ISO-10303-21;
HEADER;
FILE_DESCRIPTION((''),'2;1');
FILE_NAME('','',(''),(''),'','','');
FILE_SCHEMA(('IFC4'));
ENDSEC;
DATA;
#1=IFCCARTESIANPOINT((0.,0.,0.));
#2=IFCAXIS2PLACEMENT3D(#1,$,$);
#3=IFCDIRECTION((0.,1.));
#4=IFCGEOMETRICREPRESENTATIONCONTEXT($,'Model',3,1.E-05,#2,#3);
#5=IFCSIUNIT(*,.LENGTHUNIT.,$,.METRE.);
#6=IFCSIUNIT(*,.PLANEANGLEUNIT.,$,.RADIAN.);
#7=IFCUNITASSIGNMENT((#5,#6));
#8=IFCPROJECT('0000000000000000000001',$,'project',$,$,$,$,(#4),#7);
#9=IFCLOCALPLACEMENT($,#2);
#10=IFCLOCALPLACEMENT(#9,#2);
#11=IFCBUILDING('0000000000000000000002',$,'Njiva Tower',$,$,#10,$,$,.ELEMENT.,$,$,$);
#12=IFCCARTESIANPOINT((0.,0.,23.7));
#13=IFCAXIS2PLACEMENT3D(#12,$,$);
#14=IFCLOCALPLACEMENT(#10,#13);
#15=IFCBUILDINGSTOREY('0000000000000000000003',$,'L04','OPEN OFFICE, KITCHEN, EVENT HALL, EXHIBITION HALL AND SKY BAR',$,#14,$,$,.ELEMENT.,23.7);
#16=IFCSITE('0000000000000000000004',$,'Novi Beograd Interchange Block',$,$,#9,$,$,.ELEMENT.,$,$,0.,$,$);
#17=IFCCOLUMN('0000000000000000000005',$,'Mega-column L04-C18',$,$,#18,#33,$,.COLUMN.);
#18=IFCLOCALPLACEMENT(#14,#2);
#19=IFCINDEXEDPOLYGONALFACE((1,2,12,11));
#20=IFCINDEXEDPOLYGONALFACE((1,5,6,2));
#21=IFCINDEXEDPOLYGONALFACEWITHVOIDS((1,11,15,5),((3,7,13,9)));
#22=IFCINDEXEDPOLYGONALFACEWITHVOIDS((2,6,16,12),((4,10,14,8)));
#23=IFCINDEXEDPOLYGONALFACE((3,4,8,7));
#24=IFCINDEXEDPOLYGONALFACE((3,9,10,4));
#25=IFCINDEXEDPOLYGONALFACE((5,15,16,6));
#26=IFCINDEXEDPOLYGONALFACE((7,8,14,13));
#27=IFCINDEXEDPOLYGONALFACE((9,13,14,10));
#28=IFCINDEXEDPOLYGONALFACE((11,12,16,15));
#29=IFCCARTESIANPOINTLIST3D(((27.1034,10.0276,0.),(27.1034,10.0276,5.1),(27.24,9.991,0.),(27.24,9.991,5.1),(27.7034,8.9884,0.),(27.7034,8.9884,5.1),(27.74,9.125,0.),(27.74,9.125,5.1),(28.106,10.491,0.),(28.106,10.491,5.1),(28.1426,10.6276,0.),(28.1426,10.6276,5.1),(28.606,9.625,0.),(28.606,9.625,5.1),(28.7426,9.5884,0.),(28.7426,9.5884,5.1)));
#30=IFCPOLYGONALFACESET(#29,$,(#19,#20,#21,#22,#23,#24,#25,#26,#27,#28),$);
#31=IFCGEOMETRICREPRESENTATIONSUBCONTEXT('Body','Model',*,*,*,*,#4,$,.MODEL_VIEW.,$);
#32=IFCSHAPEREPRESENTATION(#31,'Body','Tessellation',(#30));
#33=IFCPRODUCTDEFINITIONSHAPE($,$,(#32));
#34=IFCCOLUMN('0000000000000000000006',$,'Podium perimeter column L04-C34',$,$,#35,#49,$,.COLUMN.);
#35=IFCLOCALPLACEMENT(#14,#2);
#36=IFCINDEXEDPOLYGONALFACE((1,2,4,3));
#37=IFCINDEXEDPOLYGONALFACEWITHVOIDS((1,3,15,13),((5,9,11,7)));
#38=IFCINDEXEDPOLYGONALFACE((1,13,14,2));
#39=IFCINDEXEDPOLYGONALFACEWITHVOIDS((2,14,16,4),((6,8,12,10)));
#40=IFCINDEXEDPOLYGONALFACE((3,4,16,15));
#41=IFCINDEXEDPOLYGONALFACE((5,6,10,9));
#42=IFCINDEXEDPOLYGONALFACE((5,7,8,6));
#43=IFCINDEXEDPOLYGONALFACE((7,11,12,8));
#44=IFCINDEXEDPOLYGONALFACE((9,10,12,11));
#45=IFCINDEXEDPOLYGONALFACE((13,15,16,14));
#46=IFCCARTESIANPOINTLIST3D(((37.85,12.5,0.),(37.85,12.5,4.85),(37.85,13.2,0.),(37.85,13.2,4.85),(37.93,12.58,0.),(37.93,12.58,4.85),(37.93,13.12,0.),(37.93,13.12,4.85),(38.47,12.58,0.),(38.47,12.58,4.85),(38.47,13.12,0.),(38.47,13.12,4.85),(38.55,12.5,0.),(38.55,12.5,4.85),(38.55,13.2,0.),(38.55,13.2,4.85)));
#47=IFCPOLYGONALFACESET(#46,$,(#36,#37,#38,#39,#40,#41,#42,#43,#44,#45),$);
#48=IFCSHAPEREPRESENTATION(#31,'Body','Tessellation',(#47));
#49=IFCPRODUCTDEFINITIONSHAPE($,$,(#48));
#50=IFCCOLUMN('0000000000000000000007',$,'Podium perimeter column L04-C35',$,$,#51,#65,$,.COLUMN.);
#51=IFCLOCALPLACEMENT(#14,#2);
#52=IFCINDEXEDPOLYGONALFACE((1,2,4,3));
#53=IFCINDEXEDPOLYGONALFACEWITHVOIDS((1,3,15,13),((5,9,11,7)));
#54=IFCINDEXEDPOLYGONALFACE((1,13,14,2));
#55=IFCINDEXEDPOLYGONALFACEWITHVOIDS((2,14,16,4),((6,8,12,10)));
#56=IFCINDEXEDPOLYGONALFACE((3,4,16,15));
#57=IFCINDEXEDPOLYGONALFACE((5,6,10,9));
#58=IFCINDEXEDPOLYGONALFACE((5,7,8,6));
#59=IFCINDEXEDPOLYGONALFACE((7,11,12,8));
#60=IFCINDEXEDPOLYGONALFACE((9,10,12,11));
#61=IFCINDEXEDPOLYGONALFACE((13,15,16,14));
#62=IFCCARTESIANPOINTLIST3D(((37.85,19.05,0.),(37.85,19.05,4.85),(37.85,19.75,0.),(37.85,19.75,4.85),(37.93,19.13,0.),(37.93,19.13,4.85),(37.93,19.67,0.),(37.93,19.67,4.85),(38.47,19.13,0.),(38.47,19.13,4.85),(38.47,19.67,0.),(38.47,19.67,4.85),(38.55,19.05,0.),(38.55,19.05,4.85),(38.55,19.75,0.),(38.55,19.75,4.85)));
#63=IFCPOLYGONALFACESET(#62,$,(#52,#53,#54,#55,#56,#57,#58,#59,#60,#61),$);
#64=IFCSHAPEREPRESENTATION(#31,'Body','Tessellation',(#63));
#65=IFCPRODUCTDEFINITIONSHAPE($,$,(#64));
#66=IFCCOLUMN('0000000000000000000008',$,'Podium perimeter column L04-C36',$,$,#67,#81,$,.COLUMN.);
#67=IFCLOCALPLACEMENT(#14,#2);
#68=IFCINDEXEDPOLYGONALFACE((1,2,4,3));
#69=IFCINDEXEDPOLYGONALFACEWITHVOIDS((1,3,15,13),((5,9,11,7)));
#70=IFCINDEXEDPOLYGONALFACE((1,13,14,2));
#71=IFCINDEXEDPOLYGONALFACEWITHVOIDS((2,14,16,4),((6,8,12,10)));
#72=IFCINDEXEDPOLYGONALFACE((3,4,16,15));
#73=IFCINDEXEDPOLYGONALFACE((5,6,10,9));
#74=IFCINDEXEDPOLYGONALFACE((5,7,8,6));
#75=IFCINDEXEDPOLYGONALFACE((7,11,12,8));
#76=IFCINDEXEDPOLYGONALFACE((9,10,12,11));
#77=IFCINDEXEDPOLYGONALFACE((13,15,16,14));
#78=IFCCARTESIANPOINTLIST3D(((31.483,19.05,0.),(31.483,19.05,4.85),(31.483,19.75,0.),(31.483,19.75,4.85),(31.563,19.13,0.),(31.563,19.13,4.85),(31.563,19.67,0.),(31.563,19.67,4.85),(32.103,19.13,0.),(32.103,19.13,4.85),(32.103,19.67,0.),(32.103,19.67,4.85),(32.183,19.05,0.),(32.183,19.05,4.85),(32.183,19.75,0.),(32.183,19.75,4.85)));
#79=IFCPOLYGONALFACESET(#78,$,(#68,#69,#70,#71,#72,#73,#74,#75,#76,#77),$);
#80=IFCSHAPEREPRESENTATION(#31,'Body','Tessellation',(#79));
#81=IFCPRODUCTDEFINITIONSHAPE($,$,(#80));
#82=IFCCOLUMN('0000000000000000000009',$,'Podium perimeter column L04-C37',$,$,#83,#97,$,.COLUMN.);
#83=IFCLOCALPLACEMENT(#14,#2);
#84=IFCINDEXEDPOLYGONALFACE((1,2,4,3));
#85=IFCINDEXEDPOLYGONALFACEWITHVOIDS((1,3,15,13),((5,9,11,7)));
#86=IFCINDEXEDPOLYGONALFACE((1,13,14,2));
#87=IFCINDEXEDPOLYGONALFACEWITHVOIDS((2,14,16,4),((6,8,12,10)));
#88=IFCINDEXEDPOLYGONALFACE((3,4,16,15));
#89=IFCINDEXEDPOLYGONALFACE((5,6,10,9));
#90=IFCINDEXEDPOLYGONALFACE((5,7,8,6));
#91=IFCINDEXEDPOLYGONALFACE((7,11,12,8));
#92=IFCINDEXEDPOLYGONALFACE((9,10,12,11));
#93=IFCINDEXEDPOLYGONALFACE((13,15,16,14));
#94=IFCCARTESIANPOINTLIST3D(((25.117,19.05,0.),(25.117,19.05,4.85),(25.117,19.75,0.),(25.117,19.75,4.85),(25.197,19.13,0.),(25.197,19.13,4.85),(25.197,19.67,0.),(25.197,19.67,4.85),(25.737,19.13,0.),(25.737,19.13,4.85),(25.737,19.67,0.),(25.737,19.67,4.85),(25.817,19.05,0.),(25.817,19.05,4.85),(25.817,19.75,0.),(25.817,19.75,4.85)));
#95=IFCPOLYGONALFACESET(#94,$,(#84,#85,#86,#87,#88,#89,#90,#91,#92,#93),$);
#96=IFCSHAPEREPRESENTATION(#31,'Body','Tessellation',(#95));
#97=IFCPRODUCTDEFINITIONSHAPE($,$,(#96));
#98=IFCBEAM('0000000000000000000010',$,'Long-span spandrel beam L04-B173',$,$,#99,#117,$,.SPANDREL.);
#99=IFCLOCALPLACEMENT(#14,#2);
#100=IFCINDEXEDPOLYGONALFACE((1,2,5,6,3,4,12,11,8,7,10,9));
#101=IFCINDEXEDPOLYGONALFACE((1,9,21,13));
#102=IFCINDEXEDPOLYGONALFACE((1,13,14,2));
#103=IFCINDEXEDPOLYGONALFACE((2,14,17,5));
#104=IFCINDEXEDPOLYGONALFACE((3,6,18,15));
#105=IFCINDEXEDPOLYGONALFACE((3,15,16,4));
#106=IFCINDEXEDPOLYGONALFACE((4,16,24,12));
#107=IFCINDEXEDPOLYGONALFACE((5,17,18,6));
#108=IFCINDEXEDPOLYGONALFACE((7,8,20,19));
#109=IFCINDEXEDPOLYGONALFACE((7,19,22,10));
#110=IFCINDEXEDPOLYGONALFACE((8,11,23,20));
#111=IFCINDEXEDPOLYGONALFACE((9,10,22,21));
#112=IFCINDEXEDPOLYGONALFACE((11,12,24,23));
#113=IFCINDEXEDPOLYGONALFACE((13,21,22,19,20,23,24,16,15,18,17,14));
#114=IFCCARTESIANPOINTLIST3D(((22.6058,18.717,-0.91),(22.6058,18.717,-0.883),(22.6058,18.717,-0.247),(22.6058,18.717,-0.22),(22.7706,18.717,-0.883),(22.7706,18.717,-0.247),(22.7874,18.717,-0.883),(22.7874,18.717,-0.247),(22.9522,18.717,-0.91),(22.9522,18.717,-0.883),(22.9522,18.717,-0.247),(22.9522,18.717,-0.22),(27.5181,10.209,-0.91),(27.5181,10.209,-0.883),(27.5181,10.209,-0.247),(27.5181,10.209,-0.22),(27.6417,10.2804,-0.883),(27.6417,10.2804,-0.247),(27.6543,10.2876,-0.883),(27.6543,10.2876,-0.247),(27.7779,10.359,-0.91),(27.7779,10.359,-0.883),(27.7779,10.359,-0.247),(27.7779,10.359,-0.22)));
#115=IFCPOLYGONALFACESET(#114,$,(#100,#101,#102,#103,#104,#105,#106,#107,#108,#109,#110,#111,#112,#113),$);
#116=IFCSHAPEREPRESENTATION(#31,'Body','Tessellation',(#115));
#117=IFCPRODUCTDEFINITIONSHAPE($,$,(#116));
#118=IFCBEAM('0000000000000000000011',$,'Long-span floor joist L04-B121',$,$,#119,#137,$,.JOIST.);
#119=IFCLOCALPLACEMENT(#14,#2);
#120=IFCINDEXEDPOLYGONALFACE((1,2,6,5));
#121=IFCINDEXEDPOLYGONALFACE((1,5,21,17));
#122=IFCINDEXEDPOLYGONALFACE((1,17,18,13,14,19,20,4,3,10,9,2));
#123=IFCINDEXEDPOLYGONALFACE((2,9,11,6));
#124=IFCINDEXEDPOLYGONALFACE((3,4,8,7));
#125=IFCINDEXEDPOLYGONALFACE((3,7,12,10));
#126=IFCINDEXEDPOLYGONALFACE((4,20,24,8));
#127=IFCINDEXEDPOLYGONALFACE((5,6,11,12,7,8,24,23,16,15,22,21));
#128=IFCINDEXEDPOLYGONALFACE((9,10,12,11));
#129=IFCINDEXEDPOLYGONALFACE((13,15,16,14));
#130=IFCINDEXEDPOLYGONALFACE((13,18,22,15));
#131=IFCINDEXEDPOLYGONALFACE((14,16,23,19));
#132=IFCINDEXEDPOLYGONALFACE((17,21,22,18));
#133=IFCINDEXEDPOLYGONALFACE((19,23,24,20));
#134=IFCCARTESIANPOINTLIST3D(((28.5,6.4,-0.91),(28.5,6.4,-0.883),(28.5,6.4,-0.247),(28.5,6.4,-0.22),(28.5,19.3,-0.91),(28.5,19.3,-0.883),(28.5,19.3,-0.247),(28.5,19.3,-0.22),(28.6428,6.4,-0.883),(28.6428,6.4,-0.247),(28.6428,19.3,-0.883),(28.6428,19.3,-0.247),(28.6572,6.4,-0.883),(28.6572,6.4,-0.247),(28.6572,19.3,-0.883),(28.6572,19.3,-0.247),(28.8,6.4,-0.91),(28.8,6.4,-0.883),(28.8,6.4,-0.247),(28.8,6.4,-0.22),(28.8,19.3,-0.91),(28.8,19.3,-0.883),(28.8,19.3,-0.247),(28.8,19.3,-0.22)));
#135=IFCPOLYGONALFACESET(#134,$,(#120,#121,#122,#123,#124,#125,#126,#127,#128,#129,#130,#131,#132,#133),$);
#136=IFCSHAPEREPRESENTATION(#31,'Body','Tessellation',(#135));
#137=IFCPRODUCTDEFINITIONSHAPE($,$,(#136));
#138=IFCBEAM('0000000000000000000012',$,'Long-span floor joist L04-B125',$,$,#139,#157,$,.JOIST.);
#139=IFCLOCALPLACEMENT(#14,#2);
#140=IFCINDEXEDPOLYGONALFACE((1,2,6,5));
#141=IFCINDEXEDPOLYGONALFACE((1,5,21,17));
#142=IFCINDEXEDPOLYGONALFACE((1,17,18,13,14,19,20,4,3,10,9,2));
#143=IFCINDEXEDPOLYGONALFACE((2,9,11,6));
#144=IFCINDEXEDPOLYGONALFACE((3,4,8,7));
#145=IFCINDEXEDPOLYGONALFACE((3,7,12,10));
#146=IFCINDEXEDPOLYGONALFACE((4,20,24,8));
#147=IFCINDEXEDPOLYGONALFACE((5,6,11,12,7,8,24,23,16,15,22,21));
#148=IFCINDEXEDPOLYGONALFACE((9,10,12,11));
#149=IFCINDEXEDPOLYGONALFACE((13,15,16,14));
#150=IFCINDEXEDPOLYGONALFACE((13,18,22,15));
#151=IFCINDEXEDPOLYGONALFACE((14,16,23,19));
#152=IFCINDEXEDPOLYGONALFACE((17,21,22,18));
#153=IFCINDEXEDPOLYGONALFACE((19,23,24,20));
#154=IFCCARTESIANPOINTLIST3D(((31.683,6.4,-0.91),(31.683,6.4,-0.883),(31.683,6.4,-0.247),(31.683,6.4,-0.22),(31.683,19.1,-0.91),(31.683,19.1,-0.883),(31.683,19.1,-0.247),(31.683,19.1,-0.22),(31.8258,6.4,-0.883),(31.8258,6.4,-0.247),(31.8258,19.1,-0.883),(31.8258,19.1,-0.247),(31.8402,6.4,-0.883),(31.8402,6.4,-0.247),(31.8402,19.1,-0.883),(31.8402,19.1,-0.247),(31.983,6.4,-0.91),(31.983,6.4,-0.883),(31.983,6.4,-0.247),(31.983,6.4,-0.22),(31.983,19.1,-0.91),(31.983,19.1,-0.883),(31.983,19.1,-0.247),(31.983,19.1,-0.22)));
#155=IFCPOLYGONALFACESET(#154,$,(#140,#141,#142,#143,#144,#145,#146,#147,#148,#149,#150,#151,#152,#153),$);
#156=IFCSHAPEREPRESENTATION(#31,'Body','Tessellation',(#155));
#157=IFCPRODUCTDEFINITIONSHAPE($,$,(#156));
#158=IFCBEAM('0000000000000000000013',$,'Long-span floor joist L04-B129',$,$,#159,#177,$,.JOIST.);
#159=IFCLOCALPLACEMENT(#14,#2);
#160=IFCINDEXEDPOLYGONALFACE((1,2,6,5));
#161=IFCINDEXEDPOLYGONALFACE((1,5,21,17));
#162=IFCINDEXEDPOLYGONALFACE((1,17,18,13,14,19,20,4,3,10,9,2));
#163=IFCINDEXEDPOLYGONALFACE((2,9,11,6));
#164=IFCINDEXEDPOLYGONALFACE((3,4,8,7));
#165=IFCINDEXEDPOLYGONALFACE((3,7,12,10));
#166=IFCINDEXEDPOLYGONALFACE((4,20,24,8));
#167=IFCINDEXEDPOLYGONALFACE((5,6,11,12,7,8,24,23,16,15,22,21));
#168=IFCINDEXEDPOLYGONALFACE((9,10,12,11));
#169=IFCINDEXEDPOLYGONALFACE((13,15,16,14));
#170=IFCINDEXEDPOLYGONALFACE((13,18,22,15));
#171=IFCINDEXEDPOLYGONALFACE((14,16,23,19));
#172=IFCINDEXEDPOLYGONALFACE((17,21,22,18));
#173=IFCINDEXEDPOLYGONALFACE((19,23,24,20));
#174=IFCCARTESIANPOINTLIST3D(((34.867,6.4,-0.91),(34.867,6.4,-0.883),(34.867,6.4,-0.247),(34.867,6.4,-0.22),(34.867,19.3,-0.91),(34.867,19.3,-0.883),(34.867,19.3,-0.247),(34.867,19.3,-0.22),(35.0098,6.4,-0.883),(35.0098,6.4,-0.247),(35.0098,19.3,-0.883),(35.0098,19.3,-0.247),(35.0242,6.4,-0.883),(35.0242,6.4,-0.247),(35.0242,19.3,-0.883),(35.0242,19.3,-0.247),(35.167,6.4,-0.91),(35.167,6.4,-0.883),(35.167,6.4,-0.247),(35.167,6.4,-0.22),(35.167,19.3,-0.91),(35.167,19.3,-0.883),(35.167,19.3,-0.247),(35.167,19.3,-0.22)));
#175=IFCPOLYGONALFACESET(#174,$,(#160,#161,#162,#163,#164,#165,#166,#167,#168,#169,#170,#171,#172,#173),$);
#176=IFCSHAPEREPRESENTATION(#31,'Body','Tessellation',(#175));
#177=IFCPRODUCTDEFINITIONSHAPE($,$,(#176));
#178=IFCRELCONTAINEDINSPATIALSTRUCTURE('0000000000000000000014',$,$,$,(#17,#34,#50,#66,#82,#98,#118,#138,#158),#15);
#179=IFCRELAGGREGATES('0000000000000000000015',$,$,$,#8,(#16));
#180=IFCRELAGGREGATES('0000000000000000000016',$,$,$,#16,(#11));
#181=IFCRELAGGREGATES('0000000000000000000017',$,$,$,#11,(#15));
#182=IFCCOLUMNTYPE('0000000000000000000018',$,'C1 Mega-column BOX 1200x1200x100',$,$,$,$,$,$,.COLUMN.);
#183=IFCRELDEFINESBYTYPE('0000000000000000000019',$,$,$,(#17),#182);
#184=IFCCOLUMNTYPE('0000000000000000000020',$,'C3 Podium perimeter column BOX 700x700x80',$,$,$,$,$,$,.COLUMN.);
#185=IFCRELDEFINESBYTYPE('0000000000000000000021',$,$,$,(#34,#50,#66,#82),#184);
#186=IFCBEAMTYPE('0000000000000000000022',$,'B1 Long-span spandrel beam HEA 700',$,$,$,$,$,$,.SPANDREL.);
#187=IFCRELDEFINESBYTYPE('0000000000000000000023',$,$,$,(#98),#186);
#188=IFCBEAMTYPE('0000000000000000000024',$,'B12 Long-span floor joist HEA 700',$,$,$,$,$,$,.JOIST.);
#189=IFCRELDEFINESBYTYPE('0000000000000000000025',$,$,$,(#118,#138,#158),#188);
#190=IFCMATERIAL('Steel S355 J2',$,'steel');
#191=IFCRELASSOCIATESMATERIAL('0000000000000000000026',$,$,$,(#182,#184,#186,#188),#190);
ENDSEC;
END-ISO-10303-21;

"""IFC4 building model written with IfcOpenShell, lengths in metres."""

from ifc_helpers import new_model, si_unit, direction, frame, origin, origin_2d, place, context, subcontext, project, spatial, hollow_rectangle, i_section, extrude, clip, halfspace, material, material_profile, profile_set, type_object, element, save


model = new_model("IFC4")

# Units and contexts
model_context = context("Model", 3, precision=1e-05, world=origin(), true_north=direction((0.0, 1.0)))
body_context = subcontext(model_context, "Body", "Model", "MODEL_VIEW")
ifc_project = project(units=[si_unit("LENGTHUNIT", "METRE"), si_unit("PLANEANGLEUNIT", "RADIAN")], contexts=[model_context])

# Site, building, storey
site_placement = place(None, origin())
site = spatial("IfcSite", under=ifc_project, at=site_placement, Name="Novi Beograd Interchange Block", CompositionType="ELEMENT", RefElevation=0.0)
building_placement = place(site_placement, origin())
building = spatial("IfcBuilding", under=site, at=building_placement, Name="Njiva Tower", CompositionType="ELEMENT")
storey_placement = place(building_placement, frame((0.0, 0.0, 23.7)))
storey = spatial("IfcBuildingStorey", under=building, at=storey_placement, Name="L04", Description="OPEN OFFICE, KITCHEN, EVENT HALL, EXHIBITION HALL AND SKY BAR", CompositionType="ELEMENT", Elevation=23.7)

# Columns
ifc_material_1 = material(Name="Steel S355 J2", Category="steel")
ifc_material_profile_1 = material_profile(ifc_material_1, hollow_rectangle(XDim=1.2, YDim=1.2, WallThickness=0.1, at=origin_2d()), Name="BOX 1200x1200x100")
ifc_profile_set_1 = profile_set([ifc_material_profile_1], Name="Steel S355 J2")
column_type_1 = type_object("IfcColumnType", Name="C1 Mega-column BOX 1200x1200x100", PredefinedType="COLUMN", material=ifc_profile_set_1)
column_placement = place(storey_placement, frame((27.923, 9.808, 0.0), z_axis=(0.0, 0.0, 1.0), x_axis=(-0.5, 0.866025, 0.0)))
element("IfcColumn", 1, at=column_placement, inside=storey, type_object=column_type_1, Name="Mega-column L04-C18", PredefinedType="COLUMN", context=body_context, shape_type="SweptSolid", body=[
    extrude(hollow_rectangle(XDim=1.2, YDim=1.2, WallThickness=0.1, at=origin_2d()), origin(), (0.0, 0.0, 1.0), 5.1),
])
ifc_material_profile_2 = material_profile(ifc_material_1, hollow_rectangle(XDim=0.7, YDim=0.7, WallThickness=0.08, at=origin_2d()), Name="BOX 700x700x80")
ifc_profile_set_2 = profile_set([ifc_material_profile_2], Name="Steel S355 J2")
column_type_2 = type_object("IfcColumnType", Name="C3 Podium perimeter column BOX 700x700x80", PredefinedType="COLUMN", material=ifc_profile_set_2)
for number, where, z_axis, x_axis, name in (
    (2, (38.2, 12.85, 0.0), (0.0, 0.0, 1.0), (0.0, 1.0, 0.0), "Podium perimeter column L04-C34"),
    (3, (38.2, 19.4, 0.0), (0.0, 0.0, 1.0), (-1.0, 0.0, 0.0), "Podium perimeter column L04-C35"),
    (4, (31.833, 19.4, 0.0), (0.0, 0.0, 1.0), (-1.0, 0.0, 0.0), "Podium perimeter column L04-C36"),
    (5, (25.467, 19.4, 0.0), (0.0, 0.0, 1.0), (-1.0, 0.0, 0.0), "Podium perimeter column L04-C37"),
):
    element("IfcColumn", number, at=place(storey_placement, frame(where, z_axis=z_axis, x_axis=x_axis)), inside=storey, type_object=column_type_2, Name=name, PredefinedType="COLUMN", context=body_context, shape_type="SweptSolid", body=[
        extrude(hollow_rectangle(XDim=0.7, YDim=0.7, WallThickness=0.08, at=origin_2d()), origin(), (0.0, 0.0, 1.0), 4.85),
    ])

# Beams
ifc_material_profile_3 = material_profile(ifc_material_1, i_section(OverallWidth=0.3, OverallDepth=0.69, WebThickness=0.0145, FlangeThickness=0.027, at=origin_2d()), Name="HEA 700")
ifc_profile_set_3 = profile_set([ifc_material_profile_3], Name="Steel S355 J2")
beam_type_1 = type_object("IfcBeamType", Name="B1 Long-span spandrel beam HEA 700", PredefinedType="SPANDREL", material=ifc_profile_set_3)
beam_1_placement = place(storey_placement, frame((27.648, 10.284, -0.565), z_axis=(-0.500016, 0.866016, 0.0), x_axis=(-0.866016, -0.500016, 0.0)))
element("IfcBeam", 6, at=beam_1_placement, inside=storey, type_object=beam_type_1, Name="Long-span spandrel beam L04-B173", PredefinedType="SPANDREL", context=body_context, shape_type="Clipping", body=[
    clip(extrude(i_section(OverallWidth=0.3, OverallDepth=0.69, WebThickness=0.0145, FlangeThickness=0.027, at=origin_2d()), origin(), (0.0, 0.0, 1.0), 9.8447), halfspace(frame((-0.0248, 0.0, 9.7234), z_axis=(-0.500016, 0.0, 0.866016), x_axis=(0.0, 1.0, 0.0)), False)),
])
ifc_material_profile_4 = material_profile(ifc_material_1, i_section(OverallWidth=0.3, OverallDepth=0.69, WebThickness=0.0145, FlangeThickness=0.027, at=origin_2d()), Name="HEA 700")
ifc_profile_set_4 = profile_set([ifc_material_profile_4], Name="Steel S355 J2")
beam_type_2 = type_object("IfcBeamType", Name="B12 Long-span floor joist HEA 700", PredefinedType="JOIST", material=ifc_profile_set_4)
beam_2_placement = place(storey_placement, frame((28.65, 19.3, -0.565), z_axis=(0.0, -1.0, 0.0), x_axis=(1.0, 0.0, 0.0)))
element("IfcBeam", 7, at=beam_2_placement, inside=storey, type_object=beam_type_2, Name="Long-span floor joist L04-B121", PredefinedType="JOIST", context=body_context, shape_type="SweptSolid", body=[
    extrude(i_section(OverallWidth=0.3, OverallDepth=0.69, WebThickness=0.0145, FlangeThickness=0.027, at=origin_2d()), origin(), (0.0, 0.0, 1.0), 12.9),
])
beam_3_placement = place(storey_placement, frame((31.833, 19.1, -0.565), z_axis=(0.0, -1.0, 0.0), x_axis=(1.0, 0.0, 0.0)))
element("IfcBeam", 8, at=beam_3_placement, inside=storey, type_object=beam_type_2, Name="Long-span floor joist L04-B125", PredefinedType="JOIST", context=body_context, shape_type="SweptSolid", body=[
    extrude(i_section(OverallWidth=0.3, OverallDepth=0.69, WebThickness=0.0145, FlangeThickness=0.027, at=origin_2d()), origin(), (0.0, 0.0, 1.0), 12.7),
])
beam_4_placement = place(storey_placement, frame((35.017, 19.3, -0.565), z_axis=(0.0, -1.0, 0.0), x_axis=(1.0, 0.0, 0.0)))
element("IfcBeam", 9, at=beam_4_placement, inside=storey, type_object=beam_type_2, Name="Long-span floor joist L04-B129", PredefinedType="JOIST", context=body_context, shape_type="SweptSolid", body=[
    extrude(i_section(OverallWidth=0.3, OverallDepth=0.69, WebThickness=0.0145, FlangeThickness=0.027, at=origin_2d()), origin(), (0.0, 0.0, 1.0), 12.9),
])

save(model, "model.ifc")
